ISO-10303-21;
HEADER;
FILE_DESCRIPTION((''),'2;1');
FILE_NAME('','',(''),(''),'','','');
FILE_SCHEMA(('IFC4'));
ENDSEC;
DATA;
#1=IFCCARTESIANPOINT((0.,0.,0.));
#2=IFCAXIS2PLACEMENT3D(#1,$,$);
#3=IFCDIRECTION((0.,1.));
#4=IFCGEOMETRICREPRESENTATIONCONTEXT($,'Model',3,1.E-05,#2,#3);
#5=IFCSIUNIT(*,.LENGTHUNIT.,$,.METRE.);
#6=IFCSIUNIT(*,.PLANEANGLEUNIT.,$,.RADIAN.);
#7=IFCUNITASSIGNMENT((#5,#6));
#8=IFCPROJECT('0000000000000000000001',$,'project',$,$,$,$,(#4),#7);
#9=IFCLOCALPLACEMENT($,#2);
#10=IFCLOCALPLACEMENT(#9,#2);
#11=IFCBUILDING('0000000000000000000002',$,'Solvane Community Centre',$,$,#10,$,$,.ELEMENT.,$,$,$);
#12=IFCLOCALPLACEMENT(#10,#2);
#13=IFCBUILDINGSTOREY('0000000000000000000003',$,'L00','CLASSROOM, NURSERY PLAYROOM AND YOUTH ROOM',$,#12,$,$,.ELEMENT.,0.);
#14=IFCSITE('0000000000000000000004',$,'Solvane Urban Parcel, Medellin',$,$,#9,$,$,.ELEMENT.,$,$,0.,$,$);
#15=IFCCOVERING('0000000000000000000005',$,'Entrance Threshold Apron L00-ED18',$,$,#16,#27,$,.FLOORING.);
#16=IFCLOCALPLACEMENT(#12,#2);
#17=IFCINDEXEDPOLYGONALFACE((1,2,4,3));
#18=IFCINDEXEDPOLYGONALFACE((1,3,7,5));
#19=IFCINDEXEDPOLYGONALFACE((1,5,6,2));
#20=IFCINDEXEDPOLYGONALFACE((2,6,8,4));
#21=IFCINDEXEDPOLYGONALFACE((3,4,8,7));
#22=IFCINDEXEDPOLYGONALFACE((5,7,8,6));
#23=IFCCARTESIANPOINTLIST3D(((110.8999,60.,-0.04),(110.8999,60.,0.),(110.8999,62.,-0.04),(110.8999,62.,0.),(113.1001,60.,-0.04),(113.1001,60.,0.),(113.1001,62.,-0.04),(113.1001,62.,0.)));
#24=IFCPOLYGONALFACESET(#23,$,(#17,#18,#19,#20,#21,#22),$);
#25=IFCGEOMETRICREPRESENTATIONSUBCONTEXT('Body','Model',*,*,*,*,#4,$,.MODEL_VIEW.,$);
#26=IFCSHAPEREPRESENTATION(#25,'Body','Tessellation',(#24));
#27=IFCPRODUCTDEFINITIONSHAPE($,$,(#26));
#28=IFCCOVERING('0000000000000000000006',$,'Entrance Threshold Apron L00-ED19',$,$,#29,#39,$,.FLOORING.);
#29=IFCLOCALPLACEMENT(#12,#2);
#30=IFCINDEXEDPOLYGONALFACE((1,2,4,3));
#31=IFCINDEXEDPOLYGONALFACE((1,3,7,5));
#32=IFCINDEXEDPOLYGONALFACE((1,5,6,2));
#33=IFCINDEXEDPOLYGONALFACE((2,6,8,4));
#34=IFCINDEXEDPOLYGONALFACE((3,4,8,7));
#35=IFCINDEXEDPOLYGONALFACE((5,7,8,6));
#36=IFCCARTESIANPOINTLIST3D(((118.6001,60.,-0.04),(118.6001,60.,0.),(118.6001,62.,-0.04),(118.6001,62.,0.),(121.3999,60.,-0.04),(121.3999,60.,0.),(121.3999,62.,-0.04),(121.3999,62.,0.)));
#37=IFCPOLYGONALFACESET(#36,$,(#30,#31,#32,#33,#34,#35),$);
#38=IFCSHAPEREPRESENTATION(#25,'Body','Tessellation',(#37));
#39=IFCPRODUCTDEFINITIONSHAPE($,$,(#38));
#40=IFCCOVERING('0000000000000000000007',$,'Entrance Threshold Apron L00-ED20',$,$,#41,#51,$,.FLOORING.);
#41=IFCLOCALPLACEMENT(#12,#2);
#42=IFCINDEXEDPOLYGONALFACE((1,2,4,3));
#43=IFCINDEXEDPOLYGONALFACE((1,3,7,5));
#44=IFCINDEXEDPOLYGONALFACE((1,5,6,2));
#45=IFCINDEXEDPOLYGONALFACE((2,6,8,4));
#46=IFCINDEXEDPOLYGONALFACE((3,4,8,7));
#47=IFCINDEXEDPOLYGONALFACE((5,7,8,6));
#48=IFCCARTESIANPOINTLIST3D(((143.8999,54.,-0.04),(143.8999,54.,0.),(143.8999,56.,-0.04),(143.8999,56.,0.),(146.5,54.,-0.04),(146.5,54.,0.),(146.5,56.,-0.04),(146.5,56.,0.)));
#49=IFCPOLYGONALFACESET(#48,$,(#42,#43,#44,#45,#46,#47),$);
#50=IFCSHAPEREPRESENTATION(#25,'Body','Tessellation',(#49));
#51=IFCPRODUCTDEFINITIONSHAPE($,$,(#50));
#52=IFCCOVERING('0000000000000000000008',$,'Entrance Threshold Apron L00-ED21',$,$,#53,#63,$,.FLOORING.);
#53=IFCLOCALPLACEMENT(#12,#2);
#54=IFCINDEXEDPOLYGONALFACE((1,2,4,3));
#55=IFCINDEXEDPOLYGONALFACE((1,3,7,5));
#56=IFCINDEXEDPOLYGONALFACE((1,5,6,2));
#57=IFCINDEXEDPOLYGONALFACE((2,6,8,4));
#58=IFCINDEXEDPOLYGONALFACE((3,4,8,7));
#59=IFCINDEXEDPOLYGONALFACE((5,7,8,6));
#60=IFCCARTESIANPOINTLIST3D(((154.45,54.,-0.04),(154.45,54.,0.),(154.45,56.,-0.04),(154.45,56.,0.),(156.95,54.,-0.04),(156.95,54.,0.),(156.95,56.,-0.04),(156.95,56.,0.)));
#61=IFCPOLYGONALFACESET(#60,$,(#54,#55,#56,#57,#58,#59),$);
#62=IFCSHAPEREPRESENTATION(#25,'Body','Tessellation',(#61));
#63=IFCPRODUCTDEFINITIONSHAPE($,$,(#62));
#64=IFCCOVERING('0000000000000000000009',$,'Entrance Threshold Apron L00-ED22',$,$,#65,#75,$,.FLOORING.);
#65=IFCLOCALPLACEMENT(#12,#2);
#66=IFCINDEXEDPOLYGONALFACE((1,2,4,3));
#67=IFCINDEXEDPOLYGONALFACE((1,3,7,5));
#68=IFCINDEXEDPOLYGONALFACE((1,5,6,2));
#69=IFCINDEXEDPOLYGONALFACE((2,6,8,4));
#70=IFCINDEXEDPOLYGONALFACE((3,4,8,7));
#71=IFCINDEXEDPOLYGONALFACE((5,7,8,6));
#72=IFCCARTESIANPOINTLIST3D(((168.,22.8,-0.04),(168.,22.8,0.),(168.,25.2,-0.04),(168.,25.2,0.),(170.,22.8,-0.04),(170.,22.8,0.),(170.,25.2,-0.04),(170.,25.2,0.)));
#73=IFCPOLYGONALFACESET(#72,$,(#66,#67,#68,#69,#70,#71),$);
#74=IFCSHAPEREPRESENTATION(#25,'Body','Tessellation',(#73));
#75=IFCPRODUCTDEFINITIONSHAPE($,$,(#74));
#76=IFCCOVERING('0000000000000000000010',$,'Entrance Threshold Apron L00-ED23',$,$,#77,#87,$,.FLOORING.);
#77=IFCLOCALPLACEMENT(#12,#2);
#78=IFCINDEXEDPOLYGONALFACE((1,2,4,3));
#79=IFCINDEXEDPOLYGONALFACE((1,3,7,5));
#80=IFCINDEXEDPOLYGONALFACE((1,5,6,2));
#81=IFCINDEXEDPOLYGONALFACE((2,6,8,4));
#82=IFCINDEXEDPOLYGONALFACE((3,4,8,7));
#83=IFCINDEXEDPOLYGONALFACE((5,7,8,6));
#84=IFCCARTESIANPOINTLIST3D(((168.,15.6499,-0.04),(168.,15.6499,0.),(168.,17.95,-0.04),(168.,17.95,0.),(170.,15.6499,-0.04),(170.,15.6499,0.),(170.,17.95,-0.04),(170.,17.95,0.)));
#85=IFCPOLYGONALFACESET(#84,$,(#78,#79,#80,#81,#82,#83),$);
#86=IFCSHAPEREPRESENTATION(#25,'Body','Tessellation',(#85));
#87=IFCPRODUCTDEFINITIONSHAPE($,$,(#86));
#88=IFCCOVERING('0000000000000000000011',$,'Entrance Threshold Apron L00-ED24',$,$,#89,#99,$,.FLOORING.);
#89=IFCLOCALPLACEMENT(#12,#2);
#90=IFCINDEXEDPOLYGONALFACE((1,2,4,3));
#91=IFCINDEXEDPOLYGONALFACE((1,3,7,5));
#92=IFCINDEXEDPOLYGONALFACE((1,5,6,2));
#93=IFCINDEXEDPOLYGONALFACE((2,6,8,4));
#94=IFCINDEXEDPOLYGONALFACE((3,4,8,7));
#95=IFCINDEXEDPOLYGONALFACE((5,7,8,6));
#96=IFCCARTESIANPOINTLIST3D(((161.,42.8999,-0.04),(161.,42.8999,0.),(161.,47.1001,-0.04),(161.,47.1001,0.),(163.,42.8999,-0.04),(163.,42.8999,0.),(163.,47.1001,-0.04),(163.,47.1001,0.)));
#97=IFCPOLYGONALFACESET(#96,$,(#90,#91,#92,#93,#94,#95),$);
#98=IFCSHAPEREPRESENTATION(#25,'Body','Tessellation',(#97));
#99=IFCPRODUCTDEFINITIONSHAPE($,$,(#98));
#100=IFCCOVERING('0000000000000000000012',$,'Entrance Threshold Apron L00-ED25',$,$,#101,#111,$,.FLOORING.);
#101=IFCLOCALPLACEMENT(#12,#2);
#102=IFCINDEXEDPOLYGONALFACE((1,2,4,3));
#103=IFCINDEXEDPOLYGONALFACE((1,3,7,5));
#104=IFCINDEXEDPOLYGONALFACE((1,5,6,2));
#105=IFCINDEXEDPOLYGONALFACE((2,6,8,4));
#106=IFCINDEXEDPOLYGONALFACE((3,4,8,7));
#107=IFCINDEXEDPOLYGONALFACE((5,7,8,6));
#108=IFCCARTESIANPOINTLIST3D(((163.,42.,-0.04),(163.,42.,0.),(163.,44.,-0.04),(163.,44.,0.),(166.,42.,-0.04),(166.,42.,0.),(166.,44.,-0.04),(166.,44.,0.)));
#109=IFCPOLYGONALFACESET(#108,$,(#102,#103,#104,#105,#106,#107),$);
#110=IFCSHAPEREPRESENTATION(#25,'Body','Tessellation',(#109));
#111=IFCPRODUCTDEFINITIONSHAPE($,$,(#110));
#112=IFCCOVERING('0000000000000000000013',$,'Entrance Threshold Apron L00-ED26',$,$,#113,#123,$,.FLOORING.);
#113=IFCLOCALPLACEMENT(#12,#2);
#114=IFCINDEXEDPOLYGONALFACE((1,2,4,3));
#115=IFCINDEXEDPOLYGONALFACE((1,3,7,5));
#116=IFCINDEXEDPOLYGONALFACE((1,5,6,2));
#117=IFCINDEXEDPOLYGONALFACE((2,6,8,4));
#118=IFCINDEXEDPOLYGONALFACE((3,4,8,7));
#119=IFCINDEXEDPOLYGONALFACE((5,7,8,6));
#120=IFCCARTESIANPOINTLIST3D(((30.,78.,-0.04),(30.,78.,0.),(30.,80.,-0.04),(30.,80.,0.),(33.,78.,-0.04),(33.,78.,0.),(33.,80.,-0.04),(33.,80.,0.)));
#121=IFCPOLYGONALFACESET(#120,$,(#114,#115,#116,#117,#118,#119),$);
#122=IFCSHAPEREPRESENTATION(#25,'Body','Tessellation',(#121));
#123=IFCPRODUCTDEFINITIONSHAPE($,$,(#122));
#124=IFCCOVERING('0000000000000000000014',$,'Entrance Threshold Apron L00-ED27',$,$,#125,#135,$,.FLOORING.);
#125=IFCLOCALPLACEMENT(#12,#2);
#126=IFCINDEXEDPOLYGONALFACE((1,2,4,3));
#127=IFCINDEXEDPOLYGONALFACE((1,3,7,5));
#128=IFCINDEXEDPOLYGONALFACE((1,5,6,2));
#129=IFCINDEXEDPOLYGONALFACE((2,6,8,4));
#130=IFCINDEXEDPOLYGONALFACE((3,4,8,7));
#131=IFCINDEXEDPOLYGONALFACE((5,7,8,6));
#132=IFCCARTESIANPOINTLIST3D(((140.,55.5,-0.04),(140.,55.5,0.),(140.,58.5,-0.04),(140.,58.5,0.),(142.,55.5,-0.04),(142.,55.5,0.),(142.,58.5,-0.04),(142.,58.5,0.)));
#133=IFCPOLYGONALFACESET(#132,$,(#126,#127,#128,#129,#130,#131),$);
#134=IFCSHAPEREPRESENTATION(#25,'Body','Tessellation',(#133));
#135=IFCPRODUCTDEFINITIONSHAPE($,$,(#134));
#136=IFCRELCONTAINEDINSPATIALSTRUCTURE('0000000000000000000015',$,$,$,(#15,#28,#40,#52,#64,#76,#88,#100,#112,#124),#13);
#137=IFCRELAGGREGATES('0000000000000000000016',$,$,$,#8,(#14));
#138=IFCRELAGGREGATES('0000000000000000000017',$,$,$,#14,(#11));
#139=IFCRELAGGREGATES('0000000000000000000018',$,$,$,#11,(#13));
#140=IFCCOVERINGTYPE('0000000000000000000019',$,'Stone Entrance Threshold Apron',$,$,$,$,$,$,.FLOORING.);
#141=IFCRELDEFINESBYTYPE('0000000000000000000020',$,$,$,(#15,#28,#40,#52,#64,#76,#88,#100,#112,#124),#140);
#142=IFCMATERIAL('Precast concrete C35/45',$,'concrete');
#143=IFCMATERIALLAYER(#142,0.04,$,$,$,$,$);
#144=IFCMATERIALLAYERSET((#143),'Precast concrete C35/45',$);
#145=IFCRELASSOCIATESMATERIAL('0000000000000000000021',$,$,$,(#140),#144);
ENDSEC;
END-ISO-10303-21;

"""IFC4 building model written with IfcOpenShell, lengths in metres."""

from ifc_helpers import new_model, si_unit, direction, frame, origin, place, context, subcontext, project, spatial, polyline, outline, extrude, material, layer, layer_set, type_object, element, save


model = new_model("IFC4")

# Units and contexts
model_context = context("Model", 3, precision=1e-05, world=origin(), true_north=direction((0.0, 1.0)))
body_context = subcontext(model_context, "Body", "Model", "MODEL_VIEW")
ifc_project = project(units=[si_unit("LENGTHUNIT", "METRE"), si_unit("PLANEANGLEUNIT", "RADIAN")], contexts=[model_context])

# Site, building, storey
site_placement = place(None, origin())
site = spatial("IfcSite", under=ifc_project, at=site_placement, Name="Solvane Urban Parcel, Medellin", CompositionType="ELEMENT", RefElevation=0.0)
building_placement = place(site_placement, origin())
building = spatial("IfcBuilding", under=site, at=building_placement, Name="Solvane Community Centre", CompositionType="ELEMENT")
storey_placement = place(building_placement, origin())
storey = spatial("IfcBuildingStorey", under=building, at=storey_placement, Name="L00", Description="CLASSROOM, NURSERY PLAYROOM AND YOUTH ROOM", CompositionType="ELEMENT", Elevation=0.0)

# Coverings
ifc_material_1 = material(Name="Precast concrete C35/45", Category="concrete")
ifc_layer_1 = layer(ifc_material_1, 0.04)
ifc_layer_set_1 = layer_set([ifc_layer_1], Name="Precast concrete C35/45")
covering_type = type_object("IfcCoveringType", Name="Stone Entrance Threshold Apron", PredefinedType="FLOORING", material=ifc_layer_set_1)
covering_1_placement = place(storey_placement, frame((0.0, 0.0, -0.04)))
element("IfcCovering", 1, at=covering_1_placement, inside=storey, type_object=covering_type, Name="Entrance Threshold Apron L00-ED18", PredefinedType="FLOORING", context=body_context, shape_type="SweptSolid", body=[
    extrude(outline(polyline([(110.8999, 60.0), (113.1001, 60.0), (113.1001, 62.0), (110.8999, 62.0), (110.8999, 60.0)])), origin(), (0.0, 0.0, 1.0), 0.04),
])
covering_2_placement = place(storey_placement, frame((0.0, 0.0, -0.04)))
element("IfcCovering", 2, at=covering_2_placement, inside=storey, type_object=covering_type, Name="Entrance Threshold Apron L00-ED19", PredefinedType="FLOORING", context=body_context, shape_type="SweptSolid", body=[
    extrude(outline(polyline([(118.6001, 60.0), (121.3999, 60.0), (121.3999, 62.0), (118.6001, 62.0), (118.6001, 60.0)])), origin(), (0.0, 0.0, 1.0), 0.04),
])
covering_3_placement = place(storey_placement, frame((0.0, 0.0, -0.04)))
element("IfcCovering", 3, at=covering_3_placement, inside=storey, type_object=covering_type, Name="Entrance Threshold Apron L00-ED20", PredefinedType="FLOORING", context=body_context, shape_type="SweptSolid", body=[
    extrude(outline(polyline([(143.8999, 54.0), (146.5, 54.0), (146.5, 56.0), (143.8999, 56.0), (143.8999, 54.0)])), origin(), (0.0, 0.0, 1.0), 0.04),
])
covering_4_placement = place(storey_placement, frame((0.0, 0.0, -0.04)))
element("IfcCovering", 4, at=covering_4_placement, inside=storey, type_object=covering_type, Name="Entrance Threshold Apron L00-ED21", PredefinedType="FLOORING", context=body_context, shape_type="SweptSolid", body=[
    extrude(outline(polyline([(154.45, 54.0), (156.95, 54.0), (156.95, 56.0), (154.45, 56.0), (154.45, 54.0)])), origin(), (0.0, 0.0, 1.0), 0.04),
])
covering_5_placement = place(storey_placement, frame((0.0, 0.0, -0.04)))
element("IfcCovering", 5, at=covering_5_placement, inside=storey, type_object=covering_type, Name="Entrance Threshold Apron L00-ED22", PredefinedType="FLOORING", context=body_context, shape_type="SweptSolid", body=[
    extrude(outline(polyline([(168.0, 25.2), (168.0, 22.8), (170.0, 22.8), (170.0, 25.2), (168.0, 25.2)])), origin(), (0.0, 0.0, 1.0), 0.04),
])
covering_6_placement = place(storey_placement, frame((0.0, 0.0, -0.04)))
element("IfcCovering", 6, at=covering_6_placement, inside=storey, type_object=covering_type, Name="Entrance Threshold Apron L00-ED23", PredefinedType="FLOORING", context=body_context, shape_type="SweptSolid", body=[
    extrude(outline(polyline([(168.0, 17.95), (168.0, 15.6499), (170.0, 15.6499), (170.0, 17.95), (168.0, 17.95)])), origin(), (0.0, 0.0, 1.0), 0.04),
])
covering_7_placement = place(storey_placement, frame((0.0, 0.0, -0.04)))
element("IfcCovering", 7, at=covering_7_placement, inside=storey, type_object=covering_type, Name="Entrance Threshold Apron L00-ED24", PredefinedType="FLOORING", context=body_context, shape_type="SweptSolid", body=[
    extrude(outline(polyline([(161.0, 47.1001), (161.0, 42.8999), (163.0, 42.8999), (163.0, 47.1001), (161.0, 47.1001)])), origin(), (0.0, 0.0, 1.0), 0.04),
])
covering_8_placement = place(storey_placement, frame((0.0, 0.0, -0.04)))
element("IfcCovering", 8, at=covering_8_placement, inside=storey, type_object=covering_type, Name="Entrance Threshold Apron L00-ED25", PredefinedType="FLOORING", context=body_context, shape_type="SweptSolid", body=[
    extrude(outline(polyline([(163.0, 42.0), (166.0, 42.0), (166.0, 44.0), (163.0, 44.0), (163.0, 42.0)])), origin(), (0.0, 0.0, 1.0), 0.04),
])
covering_9_placement = place(storey_placement, frame((0.0, 0.0, -0.04)))
element("IfcCovering", 9, at=covering_9_placement, inside=storey, type_object=covering_type, Name="Entrance Threshold Apron L00-ED26", PredefinedType="FLOORING", context=body_context, shape_type="SweptSolid", body=[
    extrude(outline(polyline([(30.0, 78.0), (33.0, 78.0), (33.0, 80.0), (30.0, 80.0), (30.0, 78.0)])), origin(), (0.0, 0.0, 1.0), 0.04),
])
covering_10_placement = place(storey_placement, frame((0.0, 0.0, -0.04)))
element("IfcCovering", 10, at=covering_10_placement, inside=storey, type_object=covering_type, Name="Entrance Threshold Apron L00-ED27", PredefinedType="FLOORING", context=body_context, shape_type="SweptSolid", body=[
    extrude(outline(polyline([(140.0, 58.5), (140.0, 55.5), (142.0, 55.5), (142.0, 58.5), (140.0, 58.5)])), origin(), (0.0, 0.0, 1.0), 0.04),
])

save(model, "model.ifc")
